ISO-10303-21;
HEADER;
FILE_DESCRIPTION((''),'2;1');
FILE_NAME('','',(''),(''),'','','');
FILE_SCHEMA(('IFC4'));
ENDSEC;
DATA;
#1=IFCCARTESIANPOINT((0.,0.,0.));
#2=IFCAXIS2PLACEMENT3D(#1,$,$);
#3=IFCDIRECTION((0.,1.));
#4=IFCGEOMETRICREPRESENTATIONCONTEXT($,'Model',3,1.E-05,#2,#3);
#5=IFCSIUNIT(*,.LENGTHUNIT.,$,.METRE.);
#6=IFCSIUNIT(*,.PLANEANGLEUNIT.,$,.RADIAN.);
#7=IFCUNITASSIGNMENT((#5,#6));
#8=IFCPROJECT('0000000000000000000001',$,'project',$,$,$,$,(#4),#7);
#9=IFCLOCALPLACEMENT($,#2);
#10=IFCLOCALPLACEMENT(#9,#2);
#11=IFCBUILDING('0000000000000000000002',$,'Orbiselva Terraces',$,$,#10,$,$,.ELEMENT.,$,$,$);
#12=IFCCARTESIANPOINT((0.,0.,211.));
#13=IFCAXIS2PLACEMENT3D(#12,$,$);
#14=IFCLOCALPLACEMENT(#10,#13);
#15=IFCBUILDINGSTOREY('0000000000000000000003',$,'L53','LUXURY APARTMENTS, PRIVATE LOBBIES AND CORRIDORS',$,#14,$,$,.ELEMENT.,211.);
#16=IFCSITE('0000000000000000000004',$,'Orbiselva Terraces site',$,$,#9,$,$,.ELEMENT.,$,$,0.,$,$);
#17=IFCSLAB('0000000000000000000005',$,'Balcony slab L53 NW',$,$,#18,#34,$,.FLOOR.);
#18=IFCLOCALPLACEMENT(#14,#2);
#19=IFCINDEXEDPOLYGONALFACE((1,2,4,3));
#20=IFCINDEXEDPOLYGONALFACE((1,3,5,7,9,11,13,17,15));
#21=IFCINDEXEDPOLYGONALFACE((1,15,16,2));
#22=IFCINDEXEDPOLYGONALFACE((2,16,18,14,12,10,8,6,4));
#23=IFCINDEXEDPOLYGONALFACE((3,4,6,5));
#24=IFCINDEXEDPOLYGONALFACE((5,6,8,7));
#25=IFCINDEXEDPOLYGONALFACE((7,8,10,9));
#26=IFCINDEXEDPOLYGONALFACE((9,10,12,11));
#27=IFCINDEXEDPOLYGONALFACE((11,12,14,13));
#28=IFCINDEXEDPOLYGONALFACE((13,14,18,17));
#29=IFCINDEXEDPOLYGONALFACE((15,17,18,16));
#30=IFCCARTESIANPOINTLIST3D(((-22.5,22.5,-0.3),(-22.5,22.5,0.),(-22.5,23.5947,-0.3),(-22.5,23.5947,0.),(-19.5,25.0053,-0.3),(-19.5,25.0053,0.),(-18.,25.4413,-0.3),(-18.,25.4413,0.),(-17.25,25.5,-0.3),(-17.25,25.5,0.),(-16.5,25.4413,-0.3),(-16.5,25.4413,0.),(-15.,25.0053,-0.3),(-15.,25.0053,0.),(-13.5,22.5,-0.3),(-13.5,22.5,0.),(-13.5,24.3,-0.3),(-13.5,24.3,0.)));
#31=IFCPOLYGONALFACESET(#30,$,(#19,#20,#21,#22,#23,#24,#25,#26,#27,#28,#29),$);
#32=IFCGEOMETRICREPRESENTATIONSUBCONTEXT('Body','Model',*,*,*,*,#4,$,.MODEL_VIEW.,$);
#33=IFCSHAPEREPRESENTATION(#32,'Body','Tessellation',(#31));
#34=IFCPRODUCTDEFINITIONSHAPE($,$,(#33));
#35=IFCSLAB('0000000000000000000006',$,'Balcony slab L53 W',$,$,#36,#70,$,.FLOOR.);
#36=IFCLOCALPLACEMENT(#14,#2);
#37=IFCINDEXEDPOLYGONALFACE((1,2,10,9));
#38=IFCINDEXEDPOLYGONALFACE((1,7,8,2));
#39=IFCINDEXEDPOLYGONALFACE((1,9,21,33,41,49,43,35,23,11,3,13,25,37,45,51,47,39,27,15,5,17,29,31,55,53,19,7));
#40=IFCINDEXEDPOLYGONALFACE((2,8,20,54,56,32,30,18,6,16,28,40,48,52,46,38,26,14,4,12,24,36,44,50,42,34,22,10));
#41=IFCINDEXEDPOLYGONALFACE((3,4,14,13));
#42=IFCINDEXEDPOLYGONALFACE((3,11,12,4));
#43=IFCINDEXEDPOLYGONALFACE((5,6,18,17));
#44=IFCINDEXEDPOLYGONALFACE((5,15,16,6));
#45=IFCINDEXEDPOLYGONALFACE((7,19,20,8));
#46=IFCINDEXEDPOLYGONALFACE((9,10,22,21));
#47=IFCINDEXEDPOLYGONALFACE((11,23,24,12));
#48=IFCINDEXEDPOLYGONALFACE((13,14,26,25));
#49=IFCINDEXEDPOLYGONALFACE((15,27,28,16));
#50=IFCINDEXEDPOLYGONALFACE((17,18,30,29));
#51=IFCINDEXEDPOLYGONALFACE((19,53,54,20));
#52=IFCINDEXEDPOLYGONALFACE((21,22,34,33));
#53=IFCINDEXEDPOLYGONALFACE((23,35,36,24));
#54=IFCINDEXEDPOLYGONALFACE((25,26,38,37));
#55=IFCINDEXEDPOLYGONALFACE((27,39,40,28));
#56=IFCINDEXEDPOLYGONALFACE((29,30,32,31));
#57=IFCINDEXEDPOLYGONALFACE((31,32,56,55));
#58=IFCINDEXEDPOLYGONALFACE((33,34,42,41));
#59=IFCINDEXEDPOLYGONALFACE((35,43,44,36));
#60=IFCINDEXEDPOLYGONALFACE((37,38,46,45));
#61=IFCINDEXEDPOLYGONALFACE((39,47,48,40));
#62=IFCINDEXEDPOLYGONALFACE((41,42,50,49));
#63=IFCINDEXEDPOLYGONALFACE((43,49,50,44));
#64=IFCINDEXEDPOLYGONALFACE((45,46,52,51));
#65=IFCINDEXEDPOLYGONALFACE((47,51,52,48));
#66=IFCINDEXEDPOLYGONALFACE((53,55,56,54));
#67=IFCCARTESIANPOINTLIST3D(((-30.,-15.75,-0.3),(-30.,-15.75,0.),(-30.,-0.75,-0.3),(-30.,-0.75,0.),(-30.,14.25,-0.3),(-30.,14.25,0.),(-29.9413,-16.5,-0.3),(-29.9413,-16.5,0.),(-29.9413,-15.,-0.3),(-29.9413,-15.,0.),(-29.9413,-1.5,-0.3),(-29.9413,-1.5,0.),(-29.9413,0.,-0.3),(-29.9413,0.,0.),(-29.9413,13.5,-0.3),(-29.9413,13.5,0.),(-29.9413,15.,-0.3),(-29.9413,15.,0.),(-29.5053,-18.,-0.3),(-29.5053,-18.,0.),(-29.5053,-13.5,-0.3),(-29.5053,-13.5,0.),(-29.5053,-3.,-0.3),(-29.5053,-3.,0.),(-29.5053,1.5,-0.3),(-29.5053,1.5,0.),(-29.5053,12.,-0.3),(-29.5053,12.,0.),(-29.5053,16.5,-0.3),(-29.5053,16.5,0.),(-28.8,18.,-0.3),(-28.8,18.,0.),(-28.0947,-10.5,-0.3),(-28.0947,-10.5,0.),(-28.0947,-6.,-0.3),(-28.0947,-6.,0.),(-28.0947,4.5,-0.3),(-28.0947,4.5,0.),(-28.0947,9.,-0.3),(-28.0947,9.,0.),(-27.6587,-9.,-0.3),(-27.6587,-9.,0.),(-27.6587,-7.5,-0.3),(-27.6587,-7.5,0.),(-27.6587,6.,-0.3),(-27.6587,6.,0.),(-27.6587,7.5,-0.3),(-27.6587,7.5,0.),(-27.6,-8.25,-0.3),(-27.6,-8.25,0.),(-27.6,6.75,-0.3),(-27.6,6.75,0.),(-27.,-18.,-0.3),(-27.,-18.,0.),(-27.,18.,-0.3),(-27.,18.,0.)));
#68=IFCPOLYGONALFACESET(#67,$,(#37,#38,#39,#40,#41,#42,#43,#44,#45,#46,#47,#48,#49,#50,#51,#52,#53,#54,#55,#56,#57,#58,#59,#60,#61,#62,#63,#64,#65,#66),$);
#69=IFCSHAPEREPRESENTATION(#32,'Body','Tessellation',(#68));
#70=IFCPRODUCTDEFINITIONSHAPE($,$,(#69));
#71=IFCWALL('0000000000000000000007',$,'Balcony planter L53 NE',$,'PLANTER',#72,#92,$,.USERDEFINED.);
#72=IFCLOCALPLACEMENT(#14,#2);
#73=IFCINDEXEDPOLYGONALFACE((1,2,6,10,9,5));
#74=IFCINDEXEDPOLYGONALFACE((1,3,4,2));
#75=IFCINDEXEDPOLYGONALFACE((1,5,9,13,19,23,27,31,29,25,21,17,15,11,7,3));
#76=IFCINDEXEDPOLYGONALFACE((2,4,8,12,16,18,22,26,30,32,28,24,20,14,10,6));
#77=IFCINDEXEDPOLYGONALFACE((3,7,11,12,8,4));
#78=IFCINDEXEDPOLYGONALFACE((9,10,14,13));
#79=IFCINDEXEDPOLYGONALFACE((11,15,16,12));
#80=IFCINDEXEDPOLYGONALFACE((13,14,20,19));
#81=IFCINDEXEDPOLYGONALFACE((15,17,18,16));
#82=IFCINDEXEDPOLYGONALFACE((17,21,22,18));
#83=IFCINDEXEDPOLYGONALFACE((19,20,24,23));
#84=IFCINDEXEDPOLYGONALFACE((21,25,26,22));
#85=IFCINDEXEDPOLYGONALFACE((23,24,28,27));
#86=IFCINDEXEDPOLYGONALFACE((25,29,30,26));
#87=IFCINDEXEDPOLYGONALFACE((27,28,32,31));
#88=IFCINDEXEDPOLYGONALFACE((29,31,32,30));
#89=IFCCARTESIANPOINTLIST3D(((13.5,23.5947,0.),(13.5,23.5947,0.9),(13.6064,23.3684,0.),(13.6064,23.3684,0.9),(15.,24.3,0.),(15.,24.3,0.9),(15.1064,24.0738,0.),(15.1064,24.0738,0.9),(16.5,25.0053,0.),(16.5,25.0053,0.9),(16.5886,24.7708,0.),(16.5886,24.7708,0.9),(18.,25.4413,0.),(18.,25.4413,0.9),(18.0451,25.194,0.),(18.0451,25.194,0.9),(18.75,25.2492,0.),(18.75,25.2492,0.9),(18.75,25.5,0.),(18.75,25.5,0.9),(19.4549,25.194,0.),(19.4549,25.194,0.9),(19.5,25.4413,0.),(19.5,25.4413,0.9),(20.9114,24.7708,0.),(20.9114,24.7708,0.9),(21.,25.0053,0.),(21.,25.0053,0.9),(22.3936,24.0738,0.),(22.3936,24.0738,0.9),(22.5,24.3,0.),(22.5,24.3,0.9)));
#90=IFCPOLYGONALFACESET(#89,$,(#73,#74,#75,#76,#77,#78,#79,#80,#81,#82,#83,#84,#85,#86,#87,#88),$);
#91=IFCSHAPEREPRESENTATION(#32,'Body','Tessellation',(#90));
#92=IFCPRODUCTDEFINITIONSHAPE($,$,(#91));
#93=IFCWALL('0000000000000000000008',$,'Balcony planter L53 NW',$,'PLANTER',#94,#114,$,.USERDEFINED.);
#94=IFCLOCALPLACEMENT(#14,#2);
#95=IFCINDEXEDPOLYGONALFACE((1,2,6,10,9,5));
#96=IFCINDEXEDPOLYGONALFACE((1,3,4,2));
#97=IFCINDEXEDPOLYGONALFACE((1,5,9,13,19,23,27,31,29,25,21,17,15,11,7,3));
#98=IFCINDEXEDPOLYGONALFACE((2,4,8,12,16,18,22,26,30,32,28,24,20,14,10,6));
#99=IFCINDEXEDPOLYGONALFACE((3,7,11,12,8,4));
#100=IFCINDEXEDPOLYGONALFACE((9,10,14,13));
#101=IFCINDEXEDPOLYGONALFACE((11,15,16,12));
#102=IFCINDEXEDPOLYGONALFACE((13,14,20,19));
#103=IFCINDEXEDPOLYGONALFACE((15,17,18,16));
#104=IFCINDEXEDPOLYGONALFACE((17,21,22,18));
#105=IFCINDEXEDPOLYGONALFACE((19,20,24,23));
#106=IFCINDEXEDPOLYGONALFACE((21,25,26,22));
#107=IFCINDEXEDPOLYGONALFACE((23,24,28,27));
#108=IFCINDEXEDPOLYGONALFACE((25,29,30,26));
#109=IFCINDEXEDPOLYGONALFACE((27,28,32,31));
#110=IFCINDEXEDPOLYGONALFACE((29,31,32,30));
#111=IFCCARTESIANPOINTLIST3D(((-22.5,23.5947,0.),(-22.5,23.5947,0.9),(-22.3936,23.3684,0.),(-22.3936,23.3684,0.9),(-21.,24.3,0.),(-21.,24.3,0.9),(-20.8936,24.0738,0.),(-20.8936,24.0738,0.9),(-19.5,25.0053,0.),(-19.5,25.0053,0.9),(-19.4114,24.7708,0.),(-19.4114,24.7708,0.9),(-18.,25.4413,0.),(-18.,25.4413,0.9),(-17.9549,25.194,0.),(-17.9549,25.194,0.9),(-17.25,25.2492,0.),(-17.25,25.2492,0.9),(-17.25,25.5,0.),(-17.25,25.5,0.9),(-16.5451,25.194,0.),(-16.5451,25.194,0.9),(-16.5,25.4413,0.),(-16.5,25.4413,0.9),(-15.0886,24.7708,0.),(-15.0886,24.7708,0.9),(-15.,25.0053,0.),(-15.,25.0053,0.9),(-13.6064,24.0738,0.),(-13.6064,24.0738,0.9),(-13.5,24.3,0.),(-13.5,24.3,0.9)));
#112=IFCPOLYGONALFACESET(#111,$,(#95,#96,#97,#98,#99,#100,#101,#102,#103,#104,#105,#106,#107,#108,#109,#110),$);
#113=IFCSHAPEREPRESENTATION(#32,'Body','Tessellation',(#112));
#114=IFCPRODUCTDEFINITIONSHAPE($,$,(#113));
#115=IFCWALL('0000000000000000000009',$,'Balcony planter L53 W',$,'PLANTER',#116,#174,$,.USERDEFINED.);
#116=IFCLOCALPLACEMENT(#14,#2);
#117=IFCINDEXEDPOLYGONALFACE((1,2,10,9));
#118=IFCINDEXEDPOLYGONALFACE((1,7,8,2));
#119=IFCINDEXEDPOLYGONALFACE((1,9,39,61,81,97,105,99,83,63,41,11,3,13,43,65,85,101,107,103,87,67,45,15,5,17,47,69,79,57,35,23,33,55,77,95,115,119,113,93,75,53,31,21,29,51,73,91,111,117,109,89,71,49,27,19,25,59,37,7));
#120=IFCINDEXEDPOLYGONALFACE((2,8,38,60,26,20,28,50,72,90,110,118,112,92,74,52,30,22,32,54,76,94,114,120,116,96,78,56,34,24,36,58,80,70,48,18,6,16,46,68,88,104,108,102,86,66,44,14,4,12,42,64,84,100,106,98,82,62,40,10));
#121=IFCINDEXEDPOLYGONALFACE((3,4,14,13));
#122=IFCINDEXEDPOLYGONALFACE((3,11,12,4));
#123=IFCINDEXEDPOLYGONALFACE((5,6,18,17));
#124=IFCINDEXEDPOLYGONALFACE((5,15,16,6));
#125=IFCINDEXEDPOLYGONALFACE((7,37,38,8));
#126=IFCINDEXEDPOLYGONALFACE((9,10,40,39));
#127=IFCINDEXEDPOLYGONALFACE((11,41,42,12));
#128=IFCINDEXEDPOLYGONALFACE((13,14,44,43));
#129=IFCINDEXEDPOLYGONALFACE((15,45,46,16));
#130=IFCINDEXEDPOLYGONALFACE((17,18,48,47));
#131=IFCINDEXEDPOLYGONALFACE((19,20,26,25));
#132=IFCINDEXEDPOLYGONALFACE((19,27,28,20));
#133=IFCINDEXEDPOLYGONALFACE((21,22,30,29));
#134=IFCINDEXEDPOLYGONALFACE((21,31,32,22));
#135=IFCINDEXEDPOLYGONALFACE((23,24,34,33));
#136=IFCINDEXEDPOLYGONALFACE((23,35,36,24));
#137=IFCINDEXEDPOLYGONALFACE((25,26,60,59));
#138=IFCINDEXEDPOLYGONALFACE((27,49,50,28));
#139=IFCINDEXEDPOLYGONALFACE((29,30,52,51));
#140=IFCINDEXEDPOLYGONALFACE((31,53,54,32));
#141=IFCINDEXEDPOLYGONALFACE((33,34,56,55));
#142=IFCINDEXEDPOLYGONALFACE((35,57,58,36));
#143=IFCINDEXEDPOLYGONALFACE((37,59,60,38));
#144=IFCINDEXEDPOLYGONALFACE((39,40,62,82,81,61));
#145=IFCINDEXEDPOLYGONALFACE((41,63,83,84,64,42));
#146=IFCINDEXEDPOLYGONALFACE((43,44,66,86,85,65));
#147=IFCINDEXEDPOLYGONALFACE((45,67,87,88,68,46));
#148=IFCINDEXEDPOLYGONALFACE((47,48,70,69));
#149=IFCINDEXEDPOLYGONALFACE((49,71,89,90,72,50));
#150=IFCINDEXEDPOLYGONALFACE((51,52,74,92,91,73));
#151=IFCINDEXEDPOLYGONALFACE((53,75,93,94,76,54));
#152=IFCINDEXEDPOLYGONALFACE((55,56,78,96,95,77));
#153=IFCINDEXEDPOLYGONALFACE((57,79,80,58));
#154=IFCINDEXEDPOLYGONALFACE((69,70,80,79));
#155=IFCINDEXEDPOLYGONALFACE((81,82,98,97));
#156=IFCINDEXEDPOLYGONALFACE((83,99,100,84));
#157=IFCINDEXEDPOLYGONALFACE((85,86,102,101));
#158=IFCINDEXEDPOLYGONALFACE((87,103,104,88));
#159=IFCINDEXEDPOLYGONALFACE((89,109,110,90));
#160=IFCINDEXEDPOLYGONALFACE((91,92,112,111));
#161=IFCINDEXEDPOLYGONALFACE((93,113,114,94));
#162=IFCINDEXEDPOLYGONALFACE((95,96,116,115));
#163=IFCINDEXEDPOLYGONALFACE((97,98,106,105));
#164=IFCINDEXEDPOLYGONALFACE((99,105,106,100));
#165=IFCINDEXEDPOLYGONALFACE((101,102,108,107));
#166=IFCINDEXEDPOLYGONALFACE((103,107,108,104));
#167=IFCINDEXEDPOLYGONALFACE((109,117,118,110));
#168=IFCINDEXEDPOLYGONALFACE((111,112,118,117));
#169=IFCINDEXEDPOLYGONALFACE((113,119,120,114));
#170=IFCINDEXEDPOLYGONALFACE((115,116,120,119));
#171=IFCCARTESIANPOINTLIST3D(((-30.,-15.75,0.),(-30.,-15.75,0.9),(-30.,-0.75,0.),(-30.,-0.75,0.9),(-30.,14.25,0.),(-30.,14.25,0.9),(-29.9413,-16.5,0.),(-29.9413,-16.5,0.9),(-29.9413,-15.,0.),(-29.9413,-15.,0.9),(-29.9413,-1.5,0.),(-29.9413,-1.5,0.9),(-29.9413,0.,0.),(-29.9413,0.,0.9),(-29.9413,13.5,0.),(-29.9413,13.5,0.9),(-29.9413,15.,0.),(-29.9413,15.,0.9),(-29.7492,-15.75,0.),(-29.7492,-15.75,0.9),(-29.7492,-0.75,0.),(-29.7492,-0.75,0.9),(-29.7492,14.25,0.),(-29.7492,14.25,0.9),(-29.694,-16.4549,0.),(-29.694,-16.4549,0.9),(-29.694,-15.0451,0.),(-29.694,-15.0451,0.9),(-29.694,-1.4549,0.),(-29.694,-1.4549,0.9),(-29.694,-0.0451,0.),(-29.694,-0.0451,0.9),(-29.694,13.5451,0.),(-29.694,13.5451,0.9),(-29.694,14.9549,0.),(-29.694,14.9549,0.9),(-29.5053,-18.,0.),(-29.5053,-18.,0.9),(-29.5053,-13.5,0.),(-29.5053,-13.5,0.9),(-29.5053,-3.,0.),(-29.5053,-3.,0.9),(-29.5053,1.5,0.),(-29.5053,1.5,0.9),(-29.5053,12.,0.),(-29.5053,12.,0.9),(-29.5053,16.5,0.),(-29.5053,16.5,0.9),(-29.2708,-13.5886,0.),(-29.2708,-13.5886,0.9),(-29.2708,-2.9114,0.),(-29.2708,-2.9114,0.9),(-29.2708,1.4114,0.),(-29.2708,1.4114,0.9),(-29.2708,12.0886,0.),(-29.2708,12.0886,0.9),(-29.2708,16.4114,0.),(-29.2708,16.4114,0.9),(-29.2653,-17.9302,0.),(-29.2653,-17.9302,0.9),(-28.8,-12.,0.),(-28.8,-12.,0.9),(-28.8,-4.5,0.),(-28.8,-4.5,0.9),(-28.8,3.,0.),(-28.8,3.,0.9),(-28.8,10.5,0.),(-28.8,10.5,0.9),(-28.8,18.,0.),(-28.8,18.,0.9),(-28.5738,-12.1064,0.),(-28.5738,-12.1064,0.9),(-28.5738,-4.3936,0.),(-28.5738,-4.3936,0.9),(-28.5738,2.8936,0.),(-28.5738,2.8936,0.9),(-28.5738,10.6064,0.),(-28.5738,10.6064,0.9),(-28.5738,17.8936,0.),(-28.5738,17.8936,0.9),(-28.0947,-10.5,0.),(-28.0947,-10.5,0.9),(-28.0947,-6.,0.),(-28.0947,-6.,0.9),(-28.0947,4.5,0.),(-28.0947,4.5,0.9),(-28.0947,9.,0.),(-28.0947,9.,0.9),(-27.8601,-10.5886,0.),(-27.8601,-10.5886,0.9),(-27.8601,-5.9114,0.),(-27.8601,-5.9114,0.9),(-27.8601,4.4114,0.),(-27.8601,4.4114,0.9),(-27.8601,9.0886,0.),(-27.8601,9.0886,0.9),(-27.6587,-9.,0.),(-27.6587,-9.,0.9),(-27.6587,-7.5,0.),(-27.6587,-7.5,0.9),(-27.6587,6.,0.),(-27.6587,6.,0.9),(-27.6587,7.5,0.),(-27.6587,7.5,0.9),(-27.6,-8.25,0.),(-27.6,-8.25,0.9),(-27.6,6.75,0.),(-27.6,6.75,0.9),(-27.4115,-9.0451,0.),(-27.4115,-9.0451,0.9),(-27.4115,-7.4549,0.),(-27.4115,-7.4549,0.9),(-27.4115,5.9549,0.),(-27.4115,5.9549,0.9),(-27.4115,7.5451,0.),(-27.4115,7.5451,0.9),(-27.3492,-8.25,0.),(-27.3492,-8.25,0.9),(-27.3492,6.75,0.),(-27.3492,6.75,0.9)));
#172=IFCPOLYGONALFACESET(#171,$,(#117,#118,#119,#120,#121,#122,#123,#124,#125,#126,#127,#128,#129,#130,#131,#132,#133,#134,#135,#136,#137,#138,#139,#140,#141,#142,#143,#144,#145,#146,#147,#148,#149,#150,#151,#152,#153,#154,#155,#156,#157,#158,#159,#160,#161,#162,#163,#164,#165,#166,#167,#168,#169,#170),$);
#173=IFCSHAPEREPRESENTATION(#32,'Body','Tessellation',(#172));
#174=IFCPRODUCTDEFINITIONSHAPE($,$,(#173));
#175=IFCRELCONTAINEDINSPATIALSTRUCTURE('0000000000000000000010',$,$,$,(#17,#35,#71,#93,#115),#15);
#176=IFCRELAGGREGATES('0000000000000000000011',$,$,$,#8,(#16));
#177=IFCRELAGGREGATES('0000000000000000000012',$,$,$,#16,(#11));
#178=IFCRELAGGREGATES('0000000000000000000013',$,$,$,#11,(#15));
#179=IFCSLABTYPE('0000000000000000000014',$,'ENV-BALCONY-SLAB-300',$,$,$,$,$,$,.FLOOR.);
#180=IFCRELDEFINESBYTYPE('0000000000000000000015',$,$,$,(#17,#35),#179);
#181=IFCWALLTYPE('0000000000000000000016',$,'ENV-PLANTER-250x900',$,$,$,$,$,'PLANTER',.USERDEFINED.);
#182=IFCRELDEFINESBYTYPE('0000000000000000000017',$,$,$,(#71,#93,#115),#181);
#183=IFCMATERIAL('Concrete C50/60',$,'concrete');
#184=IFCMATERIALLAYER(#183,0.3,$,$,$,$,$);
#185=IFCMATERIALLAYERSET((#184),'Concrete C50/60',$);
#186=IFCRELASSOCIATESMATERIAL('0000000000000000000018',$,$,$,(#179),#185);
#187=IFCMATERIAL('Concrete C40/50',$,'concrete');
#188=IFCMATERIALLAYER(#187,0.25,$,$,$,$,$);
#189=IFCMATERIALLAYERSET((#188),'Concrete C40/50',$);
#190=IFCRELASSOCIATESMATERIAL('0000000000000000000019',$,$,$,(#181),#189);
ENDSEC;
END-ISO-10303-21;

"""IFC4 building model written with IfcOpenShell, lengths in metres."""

from ifc_helpers import new_model, si_unit, direction, frame, origin, place, context, subcontext, project, spatial, polyline, outline, extrude, material, layer, layer_set, type_object, element, save


model = new_model("IFC4")

# Units and contexts
model_context = context("Model", 3, precision=1e-05, world=origin(), true_north=direction((0.0, 1.0)))
body_context = subcontext(model_context, "Body", "Model", "MODEL_VIEW")
ifc_project = project(units=[si_unit("LENGTHUNIT", "METRE"), si_unit("PLANEANGLEUNIT", "RADIAN")], contexts=[model_context])

# Site, building, storey
site_placement = place(None, origin())
site = spatial("IfcSite", under=ifc_project, at=site_placement, Name="Orbiselva Terraces site", CompositionType="ELEMENT", RefElevation=0.0)
building_placement = place(site_placement, origin())
building = spatial("IfcBuilding", under=site, at=building_placement, Name="Orbiselva Terraces", CompositionType="ELEMENT")
storey_placement = place(building_placement, frame((0.0, 0.0, 211.0)))
storey = spatial("IfcBuildingStorey", under=building, at=storey_placement, Name="L53", Description="LUXURY APARTMENTS, PRIVATE LOBBIES AND CORRIDORS", CompositionType="ELEMENT", Elevation=211.0)

# Shared definitions
ifc_material_1 = material(Name="Concrete C40/50", Category="concrete")

# Slabs
ifc_material_2 = material(Name="Concrete C50/60", Category="concrete")
ifc_layer_1 = layer(ifc_material_2, 0.3)
ifc_layer_set_1 = layer_set([ifc_layer_1], Name="Concrete C50/60")
slab_type_1 = type_object("IfcSlabType", Name="ENV-BALCONY-SLAB-300", PredefinedType="FLOOR", material=ifc_layer_set_1)
slab_1_placement = place(storey_placement, frame((0.0, 0.0, -0.3)))
element("IfcSlab", 1, at=slab_1_placement, inside=storey, type_object=slab_type_1, Name="Balcony slab L53 NW", PredefinedType="FLOOR", context=body_context, shape_type="SweptSolid", body=[
    extrude(outline(polyline([(-13.5, 24.3), (-15.0, 25.0053), (-16.5, 25.4413), (-17.25, 25.5), (-18.0, 25.4413), (-19.5, 25.0053), (-22.5, 23.5947), (-22.5, 22.5), (-13.5, 22.5), (-13.5, 24.3)])), origin(), (0.0, 0.0, 1.0), 0.3),
])
slab_2_placement = place(storey_placement, frame((0.0, 0.0, -0.3)))
element("IfcSlab", 2, at=slab_2_placement, inside=storey, type_object=slab_type_1, Name="Balcony slab L53 W", PredefinedType="FLOOR", context=body_context, shape_type="SweptSolid", body=[
    extrude(outline(polyline([(-28.8, 18.0), (-29.5053, 16.5), (-29.9413, 15.0), (-30.0, 14.25), (-29.9413, 13.5), (-29.5053, 12.0), (-28.0947, 9.0), (-27.6587, 7.5), (-27.6, 6.75), (-27.6587, 6.0), (-28.0947, 4.5), (-29.5053, 1.5), (-29.9413, 0.0), (-30.0, -0.75), (-29.9413, -1.5), (-29.5053, -3.0), (-28.0947, -6.0), (-27.6587, -7.5), (-27.6, -8.25), (-27.6587, -9.0), (-28.0947, -10.5), (-29.5053, -13.5), (-29.9413, -15.0), (-30.0, -15.75), (-29.9413, -16.5), (-29.5053, -18.0), (-27.0, -18.0), (-27.0, 18.0), (-28.8, 18.0)])), origin(), (0.0, 0.0, 1.0), 0.3),
])

# Walls
ifc_layer_2 = layer(ifc_material_1, 0.25)
ifc_layer_set_2 = layer_set([ifc_layer_2], Name="Concrete C40/50")
wall_type_1 = type_object("IfcWallType", Name="ENV-PLANTER-250x900", ElementType="PLANTER", PredefinedType="USERDEFINED", material=ifc_layer_set_2)
wall_1_placement = place(storey_placement, origin())
element("IfcWall", 3, at=wall_1_placement, inside=storey, type_object=wall_type_1, Name="Balcony planter L53 NE", ObjectType="PLANTER", PredefinedType="USERDEFINED", context=body_context, shape_type="SweptSolid", body=[
    extrude(outline(polyline([(22.5, 24.3), (21.0, 25.0053), (19.5, 25.4413), (18.75, 25.5), (18.0, 25.4413), (16.5, 25.0053), (15.0, 24.3), (13.5, 23.5947), (13.6064, 23.3684), (15.1064, 24.0738), (16.5886, 24.7708), (18.0451, 25.194), (18.75, 25.2492), (19.4549, 25.194), (20.9114, 24.7708), (22.3936, 24.0738), (22.5, 24.3)])), origin(), (0.0, 0.0, 1.0), 0.9),
])
wall_2_placement = place(storey_placement, origin())
element("IfcWall", 4, at=wall_2_placement, inside=storey, type_object=wall_type_1, Name="Balcony planter L53 NW", ObjectType="PLANTER", PredefinedType="USERDEFINED", context=body_context, shape_type="SweptSolid", body=[
    extrude(outline(polyline([(-13.5, 24.3), (-15.0, 25.0053), (-16.5, 25.4413), (-17.25, 25.5), (-18.0, 25.4413), (-19.5, 25.0053), (-21.0, 24.3), (-22.5, 23.5947), (-22.3936, 23.3684), (-20.8936, 24.0738), (-19.4114, 24.7708), (-17.9549, 25.194), (-17.25, 25.2492), (-16.5451, 25.194), (-15.0886, 24.7708), (-13.6064, 24.0738), (-13.5, 24.3)])), origin(), (0.0, 0.0, 1.0), 0.9),
])
wall_3_placement = place(storey_placement, origin())
element("IfcWall", 5, at=wall_3_placement, inside=storey, type_object=wall_type_1, Name="Balcony planter L53 W", ObjectType="PLANTER", PredefinedType="USERDEFINED", context=body_context, shape_type="SweptSolid", body=[
    extrude(outline(polyline([(-28.8, 18.0), (-29.5053, 16.5), (-29.9413, 15.0), (-30.0, 14.25), (-29.9413, 13.5), (-29.5053, 12.0), (-28.8, 10.5), (-28.0947, 9.0), (-27.6587, 7.5), (-27.6, 6.75), (-27.6587, 6.0), (-28.0947, 4.5), (-28.8, 3.0), (-29.5053, 1.5), (-29.9413, 0.0), (-30.0, -0.75), (-29.9413, -1.5), (-29.5053, -3.0), (-28.8, -4.5), (-28.0947, -6.0), (-27.6587, -7.5), (-27.6, -8.25), (-27.6587, -9.0), (-28.0947, -10.5), (-28.8, -12.0), (-29.5053, -13.5), (-29.9413, -15.0), (-30.0, -15.75), (-29.9413, -16.5), (-29.5053, -18.0), (-29.2653, -17.9302), (-29.694, -16.4549), (-29.7492, -15.75), (-29.694, -15.0451), (-29.2708, -13.5886), (-28.5738, -12.1064), (-27.8601, -10.5886), (-27.4115, -9.0451), (-27.3492, -8.25), (-27.4115, -7.4549), (-27.8601, -5.9114), (-28.5738, -4.3936), (-29.2708, -2.9114), (-29.694, -1.4549), (-29.7492, -0.75), (-29.694, -0.0451), (-29.2708, 1.4114), (-28.5738, 2.8936), (-27.8601, 4.4114), (-27.4115, 5.9549), (-27.3492, 6.75), (-27.4115, 7.5451), (-27.8601, 9.0886), (-28.5738, 10.6064), (-29.2708, 12.0886), (-29.694, 13.5451), (-29.7492, 14.25), (-29.694, 14.9549), (-29.2708, 16.4114), (-28.5738, 17.8936), (-28.8, 18.0)])), origin(), (0.0, 0.0, 1.0), 0.9),
])

save(model, "model.ifc")
